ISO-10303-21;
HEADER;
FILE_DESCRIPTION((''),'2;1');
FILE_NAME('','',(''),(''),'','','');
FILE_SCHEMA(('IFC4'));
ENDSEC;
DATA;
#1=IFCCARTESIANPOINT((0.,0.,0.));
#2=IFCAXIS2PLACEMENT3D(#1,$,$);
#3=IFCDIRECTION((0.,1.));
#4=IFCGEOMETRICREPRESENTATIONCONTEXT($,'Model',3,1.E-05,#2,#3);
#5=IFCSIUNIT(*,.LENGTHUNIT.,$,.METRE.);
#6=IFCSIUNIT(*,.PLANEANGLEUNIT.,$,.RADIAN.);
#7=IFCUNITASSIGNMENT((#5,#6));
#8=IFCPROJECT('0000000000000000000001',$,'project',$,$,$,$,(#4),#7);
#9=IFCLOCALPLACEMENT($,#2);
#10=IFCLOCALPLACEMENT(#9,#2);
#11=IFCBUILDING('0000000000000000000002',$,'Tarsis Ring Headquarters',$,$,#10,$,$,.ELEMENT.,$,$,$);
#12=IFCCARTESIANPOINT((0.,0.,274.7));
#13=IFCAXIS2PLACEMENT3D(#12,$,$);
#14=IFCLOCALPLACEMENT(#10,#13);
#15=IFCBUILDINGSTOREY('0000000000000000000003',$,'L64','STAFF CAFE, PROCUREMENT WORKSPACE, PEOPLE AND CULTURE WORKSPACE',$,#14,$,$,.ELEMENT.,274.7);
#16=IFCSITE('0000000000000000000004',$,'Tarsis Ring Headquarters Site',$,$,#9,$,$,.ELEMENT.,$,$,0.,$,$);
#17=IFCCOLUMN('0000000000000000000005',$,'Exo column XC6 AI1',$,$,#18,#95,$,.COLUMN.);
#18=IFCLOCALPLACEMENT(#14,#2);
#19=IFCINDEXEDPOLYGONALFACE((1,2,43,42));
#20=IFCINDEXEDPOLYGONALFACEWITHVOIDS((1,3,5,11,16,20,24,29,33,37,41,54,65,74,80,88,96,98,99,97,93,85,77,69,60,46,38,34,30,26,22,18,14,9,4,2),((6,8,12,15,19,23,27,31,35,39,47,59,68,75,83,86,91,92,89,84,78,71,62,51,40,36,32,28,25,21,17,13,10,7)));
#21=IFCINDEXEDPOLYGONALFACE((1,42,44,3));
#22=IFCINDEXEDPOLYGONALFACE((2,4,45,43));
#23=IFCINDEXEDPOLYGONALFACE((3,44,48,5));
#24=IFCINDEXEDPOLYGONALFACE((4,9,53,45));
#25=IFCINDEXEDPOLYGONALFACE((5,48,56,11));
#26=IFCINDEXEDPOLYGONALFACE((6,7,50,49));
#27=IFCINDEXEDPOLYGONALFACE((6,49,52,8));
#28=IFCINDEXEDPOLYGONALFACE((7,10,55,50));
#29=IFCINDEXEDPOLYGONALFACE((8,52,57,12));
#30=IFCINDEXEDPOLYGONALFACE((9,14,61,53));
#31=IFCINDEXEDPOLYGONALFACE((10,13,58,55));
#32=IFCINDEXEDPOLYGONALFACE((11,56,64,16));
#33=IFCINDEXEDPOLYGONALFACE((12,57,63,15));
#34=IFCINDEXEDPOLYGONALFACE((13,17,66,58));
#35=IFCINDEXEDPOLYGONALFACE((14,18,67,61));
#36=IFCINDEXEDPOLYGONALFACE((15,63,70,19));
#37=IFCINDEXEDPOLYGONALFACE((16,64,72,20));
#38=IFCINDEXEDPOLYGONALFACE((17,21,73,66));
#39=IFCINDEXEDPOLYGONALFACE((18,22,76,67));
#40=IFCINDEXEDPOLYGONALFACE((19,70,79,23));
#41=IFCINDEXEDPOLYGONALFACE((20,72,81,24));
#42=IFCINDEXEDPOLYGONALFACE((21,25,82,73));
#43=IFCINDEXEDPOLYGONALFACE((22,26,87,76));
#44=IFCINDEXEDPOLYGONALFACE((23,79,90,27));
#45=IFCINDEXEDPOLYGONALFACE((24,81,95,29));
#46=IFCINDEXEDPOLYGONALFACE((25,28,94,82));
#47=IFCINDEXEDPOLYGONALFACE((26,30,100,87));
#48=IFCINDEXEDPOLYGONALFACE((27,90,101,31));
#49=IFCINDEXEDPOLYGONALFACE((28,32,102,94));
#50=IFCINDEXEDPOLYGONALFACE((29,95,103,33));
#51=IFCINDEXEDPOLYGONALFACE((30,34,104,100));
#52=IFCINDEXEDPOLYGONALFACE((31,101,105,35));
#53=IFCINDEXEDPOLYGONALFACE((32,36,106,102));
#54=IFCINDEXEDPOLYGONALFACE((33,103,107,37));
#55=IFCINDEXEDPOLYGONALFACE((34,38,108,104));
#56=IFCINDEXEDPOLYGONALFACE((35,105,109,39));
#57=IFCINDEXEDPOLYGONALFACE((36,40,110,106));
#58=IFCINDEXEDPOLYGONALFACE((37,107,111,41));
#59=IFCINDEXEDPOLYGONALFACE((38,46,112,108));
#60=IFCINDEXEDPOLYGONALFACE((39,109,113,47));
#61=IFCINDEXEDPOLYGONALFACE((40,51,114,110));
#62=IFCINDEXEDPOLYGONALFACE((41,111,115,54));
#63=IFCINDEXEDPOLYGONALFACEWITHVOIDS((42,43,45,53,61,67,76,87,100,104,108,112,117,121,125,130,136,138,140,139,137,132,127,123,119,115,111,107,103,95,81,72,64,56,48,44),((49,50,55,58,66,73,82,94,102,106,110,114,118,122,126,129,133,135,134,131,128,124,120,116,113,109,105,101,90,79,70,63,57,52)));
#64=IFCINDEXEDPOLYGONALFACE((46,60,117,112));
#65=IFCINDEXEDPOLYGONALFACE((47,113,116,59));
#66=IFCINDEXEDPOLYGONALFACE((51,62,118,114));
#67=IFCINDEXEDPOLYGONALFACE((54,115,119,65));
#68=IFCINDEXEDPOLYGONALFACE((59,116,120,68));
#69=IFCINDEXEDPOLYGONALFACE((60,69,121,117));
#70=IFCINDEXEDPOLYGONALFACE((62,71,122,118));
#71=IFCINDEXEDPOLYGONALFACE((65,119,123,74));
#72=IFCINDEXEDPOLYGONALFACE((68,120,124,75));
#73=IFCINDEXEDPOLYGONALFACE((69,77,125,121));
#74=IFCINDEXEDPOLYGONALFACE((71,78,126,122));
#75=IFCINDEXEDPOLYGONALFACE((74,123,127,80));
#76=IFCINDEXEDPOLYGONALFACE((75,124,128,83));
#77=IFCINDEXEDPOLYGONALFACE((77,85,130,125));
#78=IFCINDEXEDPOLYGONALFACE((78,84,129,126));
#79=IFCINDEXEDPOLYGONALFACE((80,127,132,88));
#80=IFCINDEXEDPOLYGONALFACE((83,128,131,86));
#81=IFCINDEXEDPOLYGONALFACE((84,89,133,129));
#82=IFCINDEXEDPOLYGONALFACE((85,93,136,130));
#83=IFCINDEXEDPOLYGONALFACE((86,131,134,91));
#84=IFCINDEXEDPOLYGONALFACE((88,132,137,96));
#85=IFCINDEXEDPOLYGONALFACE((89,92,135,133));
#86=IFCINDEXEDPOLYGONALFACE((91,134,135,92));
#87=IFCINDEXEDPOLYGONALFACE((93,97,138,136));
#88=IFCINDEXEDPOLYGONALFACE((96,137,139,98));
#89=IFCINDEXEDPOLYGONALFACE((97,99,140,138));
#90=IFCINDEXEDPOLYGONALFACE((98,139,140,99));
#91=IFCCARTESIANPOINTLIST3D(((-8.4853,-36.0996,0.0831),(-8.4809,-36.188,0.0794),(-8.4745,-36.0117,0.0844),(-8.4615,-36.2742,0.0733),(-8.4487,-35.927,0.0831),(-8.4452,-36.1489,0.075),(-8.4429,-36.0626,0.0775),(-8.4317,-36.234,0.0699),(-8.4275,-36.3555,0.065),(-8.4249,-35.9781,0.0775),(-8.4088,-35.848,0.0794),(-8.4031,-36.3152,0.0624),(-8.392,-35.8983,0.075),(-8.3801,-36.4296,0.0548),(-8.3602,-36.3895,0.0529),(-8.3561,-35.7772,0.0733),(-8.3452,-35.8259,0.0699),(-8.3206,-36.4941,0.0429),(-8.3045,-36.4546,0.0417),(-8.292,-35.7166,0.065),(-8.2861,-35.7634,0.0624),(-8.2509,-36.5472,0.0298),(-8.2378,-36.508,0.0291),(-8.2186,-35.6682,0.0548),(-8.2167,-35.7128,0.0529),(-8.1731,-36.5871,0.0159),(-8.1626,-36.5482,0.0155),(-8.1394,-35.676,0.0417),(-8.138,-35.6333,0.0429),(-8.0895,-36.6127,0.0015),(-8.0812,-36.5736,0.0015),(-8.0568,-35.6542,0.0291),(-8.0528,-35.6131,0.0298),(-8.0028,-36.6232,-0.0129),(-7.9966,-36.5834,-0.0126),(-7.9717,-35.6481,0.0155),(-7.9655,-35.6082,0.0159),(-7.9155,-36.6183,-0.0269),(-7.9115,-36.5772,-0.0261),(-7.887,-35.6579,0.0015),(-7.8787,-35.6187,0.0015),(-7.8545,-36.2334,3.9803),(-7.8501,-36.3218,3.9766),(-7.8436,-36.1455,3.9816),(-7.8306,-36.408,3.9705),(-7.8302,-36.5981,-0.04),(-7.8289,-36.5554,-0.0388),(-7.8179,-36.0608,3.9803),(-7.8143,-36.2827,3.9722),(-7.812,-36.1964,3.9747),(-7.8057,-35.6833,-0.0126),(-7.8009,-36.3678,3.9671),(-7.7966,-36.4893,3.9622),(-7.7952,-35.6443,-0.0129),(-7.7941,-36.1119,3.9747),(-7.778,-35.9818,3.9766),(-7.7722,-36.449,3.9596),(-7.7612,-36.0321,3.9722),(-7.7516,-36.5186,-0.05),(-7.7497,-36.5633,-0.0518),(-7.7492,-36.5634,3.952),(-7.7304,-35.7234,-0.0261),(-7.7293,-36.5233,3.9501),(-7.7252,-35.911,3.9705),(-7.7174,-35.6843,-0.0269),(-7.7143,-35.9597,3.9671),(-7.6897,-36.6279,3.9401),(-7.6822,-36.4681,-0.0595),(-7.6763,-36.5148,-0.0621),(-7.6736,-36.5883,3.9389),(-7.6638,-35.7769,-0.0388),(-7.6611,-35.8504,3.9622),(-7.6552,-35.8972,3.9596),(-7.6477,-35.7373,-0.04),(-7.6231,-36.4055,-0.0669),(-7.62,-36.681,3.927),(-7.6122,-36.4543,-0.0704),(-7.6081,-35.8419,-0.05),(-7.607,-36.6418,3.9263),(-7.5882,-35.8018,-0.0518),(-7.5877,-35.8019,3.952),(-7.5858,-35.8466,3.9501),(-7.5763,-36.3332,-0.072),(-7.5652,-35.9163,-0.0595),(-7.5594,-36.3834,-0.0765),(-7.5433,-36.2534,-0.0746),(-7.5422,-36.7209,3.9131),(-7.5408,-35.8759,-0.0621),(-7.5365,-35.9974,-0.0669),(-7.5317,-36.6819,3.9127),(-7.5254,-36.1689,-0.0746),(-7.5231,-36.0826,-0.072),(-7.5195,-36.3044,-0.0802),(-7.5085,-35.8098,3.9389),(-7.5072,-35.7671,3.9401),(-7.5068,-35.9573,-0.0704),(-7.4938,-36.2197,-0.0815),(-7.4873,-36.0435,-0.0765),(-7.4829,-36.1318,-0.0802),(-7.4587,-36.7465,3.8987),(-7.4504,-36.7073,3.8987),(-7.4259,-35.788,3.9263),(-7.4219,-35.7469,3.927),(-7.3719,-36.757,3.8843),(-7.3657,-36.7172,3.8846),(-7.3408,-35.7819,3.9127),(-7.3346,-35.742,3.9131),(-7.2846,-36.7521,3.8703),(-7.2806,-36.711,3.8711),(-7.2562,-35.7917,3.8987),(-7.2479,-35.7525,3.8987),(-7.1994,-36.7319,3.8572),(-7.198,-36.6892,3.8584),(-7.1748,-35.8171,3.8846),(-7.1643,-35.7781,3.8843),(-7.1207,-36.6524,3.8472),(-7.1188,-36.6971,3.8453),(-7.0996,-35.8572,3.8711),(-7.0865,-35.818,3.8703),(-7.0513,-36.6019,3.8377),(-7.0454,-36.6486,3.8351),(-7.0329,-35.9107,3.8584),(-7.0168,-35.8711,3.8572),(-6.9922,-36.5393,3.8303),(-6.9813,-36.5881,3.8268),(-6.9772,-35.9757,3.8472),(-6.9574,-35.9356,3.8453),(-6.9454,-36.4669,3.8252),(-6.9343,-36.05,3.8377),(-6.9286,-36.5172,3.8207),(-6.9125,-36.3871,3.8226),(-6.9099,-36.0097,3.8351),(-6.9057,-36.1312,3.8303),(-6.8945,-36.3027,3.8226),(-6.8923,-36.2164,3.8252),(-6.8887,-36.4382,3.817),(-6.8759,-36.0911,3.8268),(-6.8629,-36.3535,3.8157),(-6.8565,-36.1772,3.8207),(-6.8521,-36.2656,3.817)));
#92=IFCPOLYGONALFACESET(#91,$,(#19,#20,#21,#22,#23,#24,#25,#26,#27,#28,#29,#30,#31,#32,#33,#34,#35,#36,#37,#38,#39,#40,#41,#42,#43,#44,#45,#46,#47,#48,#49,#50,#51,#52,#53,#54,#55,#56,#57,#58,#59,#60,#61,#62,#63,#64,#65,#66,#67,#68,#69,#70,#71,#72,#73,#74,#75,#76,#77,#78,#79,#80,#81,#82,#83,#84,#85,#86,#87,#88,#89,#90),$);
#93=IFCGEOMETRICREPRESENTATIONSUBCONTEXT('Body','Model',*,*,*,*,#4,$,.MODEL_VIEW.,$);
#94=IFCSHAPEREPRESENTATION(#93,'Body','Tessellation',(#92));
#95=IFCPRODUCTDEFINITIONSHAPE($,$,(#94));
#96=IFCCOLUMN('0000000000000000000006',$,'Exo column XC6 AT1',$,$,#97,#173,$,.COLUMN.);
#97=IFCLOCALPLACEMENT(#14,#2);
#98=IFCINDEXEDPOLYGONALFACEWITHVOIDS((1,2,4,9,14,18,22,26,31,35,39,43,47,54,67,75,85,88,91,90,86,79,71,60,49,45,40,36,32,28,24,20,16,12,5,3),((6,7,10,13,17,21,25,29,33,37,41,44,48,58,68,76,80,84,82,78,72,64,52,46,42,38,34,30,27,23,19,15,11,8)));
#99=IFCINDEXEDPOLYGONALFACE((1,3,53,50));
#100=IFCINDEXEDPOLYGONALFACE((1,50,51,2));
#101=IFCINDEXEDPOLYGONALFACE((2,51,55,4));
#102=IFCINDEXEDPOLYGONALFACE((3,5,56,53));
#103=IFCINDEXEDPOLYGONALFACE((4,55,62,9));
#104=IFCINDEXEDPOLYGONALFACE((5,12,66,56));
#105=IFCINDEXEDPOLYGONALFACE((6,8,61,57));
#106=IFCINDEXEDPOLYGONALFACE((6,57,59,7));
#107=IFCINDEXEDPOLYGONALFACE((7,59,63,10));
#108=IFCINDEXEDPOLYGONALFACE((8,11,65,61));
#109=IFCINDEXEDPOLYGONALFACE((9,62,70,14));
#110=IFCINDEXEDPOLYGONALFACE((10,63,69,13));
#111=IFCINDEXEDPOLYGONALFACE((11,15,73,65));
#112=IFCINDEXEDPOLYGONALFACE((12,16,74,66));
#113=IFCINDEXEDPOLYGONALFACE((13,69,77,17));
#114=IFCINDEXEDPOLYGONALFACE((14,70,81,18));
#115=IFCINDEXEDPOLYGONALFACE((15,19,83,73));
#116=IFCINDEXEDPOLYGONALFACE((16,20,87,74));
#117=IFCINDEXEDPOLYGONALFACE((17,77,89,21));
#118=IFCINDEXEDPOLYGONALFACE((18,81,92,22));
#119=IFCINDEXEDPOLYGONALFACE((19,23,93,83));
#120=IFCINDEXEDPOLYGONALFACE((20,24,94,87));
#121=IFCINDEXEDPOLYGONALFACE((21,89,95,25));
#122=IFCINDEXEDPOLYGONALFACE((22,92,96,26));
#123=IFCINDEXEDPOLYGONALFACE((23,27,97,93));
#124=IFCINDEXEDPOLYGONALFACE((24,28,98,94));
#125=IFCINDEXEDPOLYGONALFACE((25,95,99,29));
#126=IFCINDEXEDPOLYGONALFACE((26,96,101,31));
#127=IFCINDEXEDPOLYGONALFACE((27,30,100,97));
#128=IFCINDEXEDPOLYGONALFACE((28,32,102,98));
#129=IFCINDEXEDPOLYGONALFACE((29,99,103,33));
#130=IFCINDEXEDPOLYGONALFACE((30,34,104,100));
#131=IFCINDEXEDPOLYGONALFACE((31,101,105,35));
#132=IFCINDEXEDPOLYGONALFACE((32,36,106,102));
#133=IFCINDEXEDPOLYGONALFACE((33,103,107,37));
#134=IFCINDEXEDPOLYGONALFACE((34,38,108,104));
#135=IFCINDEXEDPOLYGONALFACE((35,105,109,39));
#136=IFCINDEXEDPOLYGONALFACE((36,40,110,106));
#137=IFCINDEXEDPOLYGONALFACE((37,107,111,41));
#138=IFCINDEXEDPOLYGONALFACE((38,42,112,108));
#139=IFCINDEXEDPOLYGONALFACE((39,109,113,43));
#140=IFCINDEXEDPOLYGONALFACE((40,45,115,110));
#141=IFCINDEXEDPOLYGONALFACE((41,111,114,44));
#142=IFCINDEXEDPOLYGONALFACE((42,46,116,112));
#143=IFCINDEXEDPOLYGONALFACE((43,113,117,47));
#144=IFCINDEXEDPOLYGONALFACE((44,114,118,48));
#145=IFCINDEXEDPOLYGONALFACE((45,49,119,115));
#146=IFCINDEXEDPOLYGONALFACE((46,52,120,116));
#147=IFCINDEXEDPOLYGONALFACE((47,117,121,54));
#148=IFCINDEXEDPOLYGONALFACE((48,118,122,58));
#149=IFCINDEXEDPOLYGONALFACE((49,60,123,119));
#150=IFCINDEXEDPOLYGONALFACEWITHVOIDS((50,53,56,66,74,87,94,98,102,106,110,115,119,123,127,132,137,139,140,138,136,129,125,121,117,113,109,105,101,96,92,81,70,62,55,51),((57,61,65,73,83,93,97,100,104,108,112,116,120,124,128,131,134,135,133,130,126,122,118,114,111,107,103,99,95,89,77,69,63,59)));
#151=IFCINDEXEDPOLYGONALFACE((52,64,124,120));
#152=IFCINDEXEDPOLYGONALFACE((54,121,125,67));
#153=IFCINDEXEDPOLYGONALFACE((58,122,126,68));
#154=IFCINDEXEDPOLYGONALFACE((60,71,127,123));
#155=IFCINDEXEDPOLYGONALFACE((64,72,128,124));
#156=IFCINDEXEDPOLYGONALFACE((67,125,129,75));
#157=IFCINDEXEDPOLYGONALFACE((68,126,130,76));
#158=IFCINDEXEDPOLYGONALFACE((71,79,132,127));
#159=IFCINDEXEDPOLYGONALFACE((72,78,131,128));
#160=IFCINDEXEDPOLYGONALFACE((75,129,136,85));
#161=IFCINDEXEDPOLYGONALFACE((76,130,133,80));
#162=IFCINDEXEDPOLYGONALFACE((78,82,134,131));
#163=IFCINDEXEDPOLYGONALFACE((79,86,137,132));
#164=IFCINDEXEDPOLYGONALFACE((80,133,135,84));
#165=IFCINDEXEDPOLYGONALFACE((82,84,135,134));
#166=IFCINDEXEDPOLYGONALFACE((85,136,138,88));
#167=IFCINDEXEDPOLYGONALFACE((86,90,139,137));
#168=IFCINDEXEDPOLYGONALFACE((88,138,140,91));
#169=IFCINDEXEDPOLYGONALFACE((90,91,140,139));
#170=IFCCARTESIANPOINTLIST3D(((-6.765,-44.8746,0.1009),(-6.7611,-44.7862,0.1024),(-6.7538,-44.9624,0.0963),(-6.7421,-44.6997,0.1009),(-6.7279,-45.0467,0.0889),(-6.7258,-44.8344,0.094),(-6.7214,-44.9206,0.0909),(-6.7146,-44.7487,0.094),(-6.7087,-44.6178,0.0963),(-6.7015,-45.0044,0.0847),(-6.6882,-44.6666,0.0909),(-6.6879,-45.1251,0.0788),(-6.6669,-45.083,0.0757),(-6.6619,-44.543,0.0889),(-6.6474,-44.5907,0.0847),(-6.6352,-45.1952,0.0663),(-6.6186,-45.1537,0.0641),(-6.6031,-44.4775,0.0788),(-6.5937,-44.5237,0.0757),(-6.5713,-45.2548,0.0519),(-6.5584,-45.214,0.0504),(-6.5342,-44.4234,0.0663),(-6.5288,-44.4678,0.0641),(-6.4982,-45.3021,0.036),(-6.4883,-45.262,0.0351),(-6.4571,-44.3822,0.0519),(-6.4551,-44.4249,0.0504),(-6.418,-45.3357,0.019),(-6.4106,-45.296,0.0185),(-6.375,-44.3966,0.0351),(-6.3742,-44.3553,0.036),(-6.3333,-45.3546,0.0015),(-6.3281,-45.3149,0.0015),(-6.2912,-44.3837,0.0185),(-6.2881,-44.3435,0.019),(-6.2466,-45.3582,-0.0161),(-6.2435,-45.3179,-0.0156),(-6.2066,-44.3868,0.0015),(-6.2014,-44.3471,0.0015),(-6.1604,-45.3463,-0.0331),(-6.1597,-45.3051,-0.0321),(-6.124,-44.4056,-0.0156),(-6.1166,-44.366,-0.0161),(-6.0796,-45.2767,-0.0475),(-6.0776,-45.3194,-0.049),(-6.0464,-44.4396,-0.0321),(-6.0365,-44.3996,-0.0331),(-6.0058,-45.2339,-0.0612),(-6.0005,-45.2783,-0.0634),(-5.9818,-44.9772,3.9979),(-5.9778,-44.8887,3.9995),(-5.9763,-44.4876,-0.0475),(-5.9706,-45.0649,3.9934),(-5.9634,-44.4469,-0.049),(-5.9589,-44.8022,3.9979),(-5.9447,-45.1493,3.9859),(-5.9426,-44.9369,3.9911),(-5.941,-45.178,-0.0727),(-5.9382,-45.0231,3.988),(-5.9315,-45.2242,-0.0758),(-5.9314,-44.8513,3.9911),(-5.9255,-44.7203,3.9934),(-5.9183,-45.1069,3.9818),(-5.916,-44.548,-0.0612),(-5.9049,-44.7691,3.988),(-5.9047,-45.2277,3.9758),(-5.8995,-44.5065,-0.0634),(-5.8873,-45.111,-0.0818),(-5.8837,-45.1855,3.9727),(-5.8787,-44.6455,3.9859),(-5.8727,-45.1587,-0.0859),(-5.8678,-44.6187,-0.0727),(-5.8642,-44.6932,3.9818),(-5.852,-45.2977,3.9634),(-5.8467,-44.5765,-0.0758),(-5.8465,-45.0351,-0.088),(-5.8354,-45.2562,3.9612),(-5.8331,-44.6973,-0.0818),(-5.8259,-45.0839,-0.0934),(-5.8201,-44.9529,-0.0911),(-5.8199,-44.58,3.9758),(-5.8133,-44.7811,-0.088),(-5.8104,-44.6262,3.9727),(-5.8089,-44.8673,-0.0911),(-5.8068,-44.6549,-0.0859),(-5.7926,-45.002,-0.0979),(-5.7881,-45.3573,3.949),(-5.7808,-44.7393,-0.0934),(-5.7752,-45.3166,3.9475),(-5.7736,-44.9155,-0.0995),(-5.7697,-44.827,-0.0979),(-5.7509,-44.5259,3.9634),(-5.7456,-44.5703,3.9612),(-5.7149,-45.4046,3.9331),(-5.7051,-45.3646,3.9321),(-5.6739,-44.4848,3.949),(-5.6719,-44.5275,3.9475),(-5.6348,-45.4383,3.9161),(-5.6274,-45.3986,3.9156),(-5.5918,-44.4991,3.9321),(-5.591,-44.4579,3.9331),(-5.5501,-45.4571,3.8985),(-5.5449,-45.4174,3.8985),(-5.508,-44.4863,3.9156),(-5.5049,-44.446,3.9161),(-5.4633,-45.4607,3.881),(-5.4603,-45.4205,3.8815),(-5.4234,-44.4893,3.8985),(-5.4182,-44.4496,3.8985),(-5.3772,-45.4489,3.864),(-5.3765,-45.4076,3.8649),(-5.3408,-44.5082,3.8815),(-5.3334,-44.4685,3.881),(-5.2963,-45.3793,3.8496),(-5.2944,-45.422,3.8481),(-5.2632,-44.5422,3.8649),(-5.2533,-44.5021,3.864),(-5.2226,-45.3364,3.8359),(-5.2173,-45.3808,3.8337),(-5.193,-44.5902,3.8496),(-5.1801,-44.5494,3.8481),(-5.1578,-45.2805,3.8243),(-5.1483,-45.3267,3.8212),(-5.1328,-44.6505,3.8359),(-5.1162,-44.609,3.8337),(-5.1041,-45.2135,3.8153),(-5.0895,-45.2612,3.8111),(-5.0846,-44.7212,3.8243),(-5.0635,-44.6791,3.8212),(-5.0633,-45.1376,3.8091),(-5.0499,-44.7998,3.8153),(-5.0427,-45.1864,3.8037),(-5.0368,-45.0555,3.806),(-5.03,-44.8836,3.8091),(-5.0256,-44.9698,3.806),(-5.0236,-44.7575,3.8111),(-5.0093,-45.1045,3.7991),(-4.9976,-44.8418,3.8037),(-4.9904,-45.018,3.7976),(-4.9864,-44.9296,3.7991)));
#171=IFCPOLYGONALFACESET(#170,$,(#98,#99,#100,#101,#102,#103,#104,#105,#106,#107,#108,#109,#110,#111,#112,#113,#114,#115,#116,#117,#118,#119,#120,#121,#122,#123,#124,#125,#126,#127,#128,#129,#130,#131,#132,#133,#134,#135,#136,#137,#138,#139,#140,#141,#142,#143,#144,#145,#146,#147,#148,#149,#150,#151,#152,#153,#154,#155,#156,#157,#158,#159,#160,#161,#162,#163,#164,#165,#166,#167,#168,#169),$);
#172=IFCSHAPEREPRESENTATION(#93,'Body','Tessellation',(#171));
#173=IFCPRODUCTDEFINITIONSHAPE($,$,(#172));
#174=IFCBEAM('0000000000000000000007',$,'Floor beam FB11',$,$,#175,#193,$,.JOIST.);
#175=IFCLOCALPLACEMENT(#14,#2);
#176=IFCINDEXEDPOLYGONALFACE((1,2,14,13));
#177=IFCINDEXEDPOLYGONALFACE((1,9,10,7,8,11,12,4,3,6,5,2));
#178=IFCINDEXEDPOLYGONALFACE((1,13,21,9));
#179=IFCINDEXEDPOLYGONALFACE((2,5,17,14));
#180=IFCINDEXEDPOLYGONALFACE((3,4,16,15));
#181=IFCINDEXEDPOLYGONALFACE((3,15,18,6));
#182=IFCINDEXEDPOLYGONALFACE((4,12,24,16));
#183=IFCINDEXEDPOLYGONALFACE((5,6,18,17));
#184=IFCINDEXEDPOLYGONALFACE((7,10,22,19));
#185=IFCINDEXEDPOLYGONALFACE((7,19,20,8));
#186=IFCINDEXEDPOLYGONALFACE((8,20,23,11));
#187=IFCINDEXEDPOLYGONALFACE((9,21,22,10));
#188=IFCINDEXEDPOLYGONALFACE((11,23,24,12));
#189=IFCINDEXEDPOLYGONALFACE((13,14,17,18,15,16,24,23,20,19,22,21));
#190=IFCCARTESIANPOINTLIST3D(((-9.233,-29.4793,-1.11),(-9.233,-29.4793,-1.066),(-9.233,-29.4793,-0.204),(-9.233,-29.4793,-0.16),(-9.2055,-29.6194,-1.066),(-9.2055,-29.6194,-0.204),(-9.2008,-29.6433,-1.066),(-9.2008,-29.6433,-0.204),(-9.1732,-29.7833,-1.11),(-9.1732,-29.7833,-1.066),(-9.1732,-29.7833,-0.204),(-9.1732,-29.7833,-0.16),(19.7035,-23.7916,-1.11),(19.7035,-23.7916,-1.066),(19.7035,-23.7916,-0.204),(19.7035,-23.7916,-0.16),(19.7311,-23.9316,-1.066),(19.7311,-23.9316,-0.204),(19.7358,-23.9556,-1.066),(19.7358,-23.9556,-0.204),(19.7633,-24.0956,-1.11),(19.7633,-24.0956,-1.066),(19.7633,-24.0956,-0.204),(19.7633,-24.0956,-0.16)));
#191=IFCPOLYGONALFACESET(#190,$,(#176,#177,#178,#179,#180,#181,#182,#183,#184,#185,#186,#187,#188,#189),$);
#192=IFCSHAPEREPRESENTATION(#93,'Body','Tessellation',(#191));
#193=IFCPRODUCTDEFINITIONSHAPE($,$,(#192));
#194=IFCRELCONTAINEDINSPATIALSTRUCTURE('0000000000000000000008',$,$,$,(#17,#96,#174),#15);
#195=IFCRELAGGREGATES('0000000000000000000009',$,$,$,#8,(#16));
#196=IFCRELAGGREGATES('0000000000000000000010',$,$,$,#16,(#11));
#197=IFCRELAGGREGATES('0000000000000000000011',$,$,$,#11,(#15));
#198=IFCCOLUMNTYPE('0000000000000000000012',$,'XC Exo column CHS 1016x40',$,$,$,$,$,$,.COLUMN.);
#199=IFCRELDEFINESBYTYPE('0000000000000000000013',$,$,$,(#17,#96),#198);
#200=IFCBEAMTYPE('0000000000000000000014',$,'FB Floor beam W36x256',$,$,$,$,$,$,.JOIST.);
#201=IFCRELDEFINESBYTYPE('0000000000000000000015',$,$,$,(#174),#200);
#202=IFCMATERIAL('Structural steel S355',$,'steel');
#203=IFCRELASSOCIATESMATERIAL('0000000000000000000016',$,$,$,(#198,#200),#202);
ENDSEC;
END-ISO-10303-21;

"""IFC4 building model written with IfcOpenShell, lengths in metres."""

from ifc_helpers import new_model, si_unit, direction, frame, origin, origin_2d, place, context, subcontext, project, spatial, hollow_circle, i_section, extrude, material, material_profile, profile_set, type_object, element, save


model = new_model("IFC4")

# Units and contexts
model_context = context("Model", 3, precision=1e-05, world=origin(), true_north=direction((0.0, 1.0)))
body_context = subcontext(model_context, "Body", "Model", "MODEL_VIEW")
ifc_project = project(units=[si_unit("LENGTHUNIT", "METRE"), si_unit("PLANEANGLEUNIT", "RADIAN")], contexts=[model_context])

# Site, building, storey
site_placement = place(None, origin())
site = spatial("IfcSite", under=ifc_project, at=site_placement, Name="Tarsis Ring Headquarters Site", CompositionType="ELEMENT", RefElevation=0.0)
building_placement = place(site_placement, origin())
building = spatial("IfcBuilding", under=site, at=building_placement, Name="Tarsis Ring Headquarters", CompositionType="ELEMENT")
storey_placement = place(building_placement, frame((0.0, 0.0, 274.7)))
storey = spatial("IfcBuildingStorey", under=building, at=storey_placement, Name="L64", Description="STAFF CAFE, PROCUREMENT WORKSPACE, PEOPLE AND CULTURE WORKSPACE", CompositionType="ELEMENT", Elevation=274.7)

# Columns
ifc_material_1 = material(Name="Structural steel S355", Category="steel")
ifc_material_profile_1 = material_profile(ifc_material_1, hollow_circle(Radius=0.5081, WallThickness=0.04, at=origin_2d()), Name="CHS 1016x40")
ifc_profile_set_1 = profile_set([ifc_material_profile_1], Name="Structural steel S355")
column_type = type_object("IfcColumnType", Name="XC Exo column CHS 1016x40", PredefinedType="COLUMN", material=ifc_profile_set_1)
column_1_placement = place(storey_placement, frame((-7.9841, -36.1157, 0.0015), z_axis=(0.159703, -0.033869, 0.986584), x_axis=(0.20746, 0.978243, 0.0)))
element("IfcColumn", 1, at=column_1_placement, inside=storey, type_object=column_type, Name="Exo column XC6 AI1", PredefinedType="COLUMN", context=body_context, shape_type="SweptSolid", body=[
    extrude(hollow_circle(Radius=0.5081, WallThickness=0.04, at=origin_2d()), origin(), (0.0, 0.0, 1.0), 3.9502),
])
column_2_placement = place(storey_placement, frame((-6.2673, -44.8508, 0.0015), z_axis=(0.196972, -0.025788, 0.98007), x_axis=(0.129815, 0.991538, 0.0)))
element("IfcColumn", 2, at=column_2_placement, inside=storey, type_object=column_type, Name="Exo column XC6 AT1", PredefinedType="COLUMN", context=body_context, shape_type="SweptSolid", body=[
    extrude(hollow_circle(Radius=0.5081, WallThickness=0.04, at=origin_2d()), origin(), (0.0, 0.0, 1.0), 3.9763),
])

# Beam
ifc_material_profile_2 = material_profile(ifc_material_1, i_section(OverallWidth=0.3098, OverallDepth=0.95, WebThickness=0.0244, FlangeThickness=0.0439, at=origin_2d()), Name="W36x256")
ifc_profile_set_2 = profile_set([ifc_material_profile_2], Name="Structural steel S355")
beam_type_1 = type_object("IfcBeamType", Name="FB Floor beam W36x256", PredefinedType="JOIST", material=ifc_profile_set_2)
for number, where, z_axis, x_axis, name in (
    (3, (-9.2031, -29.6313, -0.635), (0.981225, 0.192869, 0.0), (-0.192869, 0.981225, 0.0), "Floor beam FB11"),
):
    element("IfcBeam", number, at=place(storey_placement, frame(where, z_axis=z_axis, x_axis=x_axis)), inside=storey, type_object=beam_type_1, Name=name, PredefinedType="JOIST", context=body_context, shape_type="SweptSolid", body=[
        extrude(i_section(OverallWidth=0.3098, OverallDepth=0.95, WebThickness=0.0244, FlangeThickness=0.0439, at=origin_2d()), origin(), (0.0, 0.0, 1.0), 29.4902),
    ])

save(model, "model.ifc")
